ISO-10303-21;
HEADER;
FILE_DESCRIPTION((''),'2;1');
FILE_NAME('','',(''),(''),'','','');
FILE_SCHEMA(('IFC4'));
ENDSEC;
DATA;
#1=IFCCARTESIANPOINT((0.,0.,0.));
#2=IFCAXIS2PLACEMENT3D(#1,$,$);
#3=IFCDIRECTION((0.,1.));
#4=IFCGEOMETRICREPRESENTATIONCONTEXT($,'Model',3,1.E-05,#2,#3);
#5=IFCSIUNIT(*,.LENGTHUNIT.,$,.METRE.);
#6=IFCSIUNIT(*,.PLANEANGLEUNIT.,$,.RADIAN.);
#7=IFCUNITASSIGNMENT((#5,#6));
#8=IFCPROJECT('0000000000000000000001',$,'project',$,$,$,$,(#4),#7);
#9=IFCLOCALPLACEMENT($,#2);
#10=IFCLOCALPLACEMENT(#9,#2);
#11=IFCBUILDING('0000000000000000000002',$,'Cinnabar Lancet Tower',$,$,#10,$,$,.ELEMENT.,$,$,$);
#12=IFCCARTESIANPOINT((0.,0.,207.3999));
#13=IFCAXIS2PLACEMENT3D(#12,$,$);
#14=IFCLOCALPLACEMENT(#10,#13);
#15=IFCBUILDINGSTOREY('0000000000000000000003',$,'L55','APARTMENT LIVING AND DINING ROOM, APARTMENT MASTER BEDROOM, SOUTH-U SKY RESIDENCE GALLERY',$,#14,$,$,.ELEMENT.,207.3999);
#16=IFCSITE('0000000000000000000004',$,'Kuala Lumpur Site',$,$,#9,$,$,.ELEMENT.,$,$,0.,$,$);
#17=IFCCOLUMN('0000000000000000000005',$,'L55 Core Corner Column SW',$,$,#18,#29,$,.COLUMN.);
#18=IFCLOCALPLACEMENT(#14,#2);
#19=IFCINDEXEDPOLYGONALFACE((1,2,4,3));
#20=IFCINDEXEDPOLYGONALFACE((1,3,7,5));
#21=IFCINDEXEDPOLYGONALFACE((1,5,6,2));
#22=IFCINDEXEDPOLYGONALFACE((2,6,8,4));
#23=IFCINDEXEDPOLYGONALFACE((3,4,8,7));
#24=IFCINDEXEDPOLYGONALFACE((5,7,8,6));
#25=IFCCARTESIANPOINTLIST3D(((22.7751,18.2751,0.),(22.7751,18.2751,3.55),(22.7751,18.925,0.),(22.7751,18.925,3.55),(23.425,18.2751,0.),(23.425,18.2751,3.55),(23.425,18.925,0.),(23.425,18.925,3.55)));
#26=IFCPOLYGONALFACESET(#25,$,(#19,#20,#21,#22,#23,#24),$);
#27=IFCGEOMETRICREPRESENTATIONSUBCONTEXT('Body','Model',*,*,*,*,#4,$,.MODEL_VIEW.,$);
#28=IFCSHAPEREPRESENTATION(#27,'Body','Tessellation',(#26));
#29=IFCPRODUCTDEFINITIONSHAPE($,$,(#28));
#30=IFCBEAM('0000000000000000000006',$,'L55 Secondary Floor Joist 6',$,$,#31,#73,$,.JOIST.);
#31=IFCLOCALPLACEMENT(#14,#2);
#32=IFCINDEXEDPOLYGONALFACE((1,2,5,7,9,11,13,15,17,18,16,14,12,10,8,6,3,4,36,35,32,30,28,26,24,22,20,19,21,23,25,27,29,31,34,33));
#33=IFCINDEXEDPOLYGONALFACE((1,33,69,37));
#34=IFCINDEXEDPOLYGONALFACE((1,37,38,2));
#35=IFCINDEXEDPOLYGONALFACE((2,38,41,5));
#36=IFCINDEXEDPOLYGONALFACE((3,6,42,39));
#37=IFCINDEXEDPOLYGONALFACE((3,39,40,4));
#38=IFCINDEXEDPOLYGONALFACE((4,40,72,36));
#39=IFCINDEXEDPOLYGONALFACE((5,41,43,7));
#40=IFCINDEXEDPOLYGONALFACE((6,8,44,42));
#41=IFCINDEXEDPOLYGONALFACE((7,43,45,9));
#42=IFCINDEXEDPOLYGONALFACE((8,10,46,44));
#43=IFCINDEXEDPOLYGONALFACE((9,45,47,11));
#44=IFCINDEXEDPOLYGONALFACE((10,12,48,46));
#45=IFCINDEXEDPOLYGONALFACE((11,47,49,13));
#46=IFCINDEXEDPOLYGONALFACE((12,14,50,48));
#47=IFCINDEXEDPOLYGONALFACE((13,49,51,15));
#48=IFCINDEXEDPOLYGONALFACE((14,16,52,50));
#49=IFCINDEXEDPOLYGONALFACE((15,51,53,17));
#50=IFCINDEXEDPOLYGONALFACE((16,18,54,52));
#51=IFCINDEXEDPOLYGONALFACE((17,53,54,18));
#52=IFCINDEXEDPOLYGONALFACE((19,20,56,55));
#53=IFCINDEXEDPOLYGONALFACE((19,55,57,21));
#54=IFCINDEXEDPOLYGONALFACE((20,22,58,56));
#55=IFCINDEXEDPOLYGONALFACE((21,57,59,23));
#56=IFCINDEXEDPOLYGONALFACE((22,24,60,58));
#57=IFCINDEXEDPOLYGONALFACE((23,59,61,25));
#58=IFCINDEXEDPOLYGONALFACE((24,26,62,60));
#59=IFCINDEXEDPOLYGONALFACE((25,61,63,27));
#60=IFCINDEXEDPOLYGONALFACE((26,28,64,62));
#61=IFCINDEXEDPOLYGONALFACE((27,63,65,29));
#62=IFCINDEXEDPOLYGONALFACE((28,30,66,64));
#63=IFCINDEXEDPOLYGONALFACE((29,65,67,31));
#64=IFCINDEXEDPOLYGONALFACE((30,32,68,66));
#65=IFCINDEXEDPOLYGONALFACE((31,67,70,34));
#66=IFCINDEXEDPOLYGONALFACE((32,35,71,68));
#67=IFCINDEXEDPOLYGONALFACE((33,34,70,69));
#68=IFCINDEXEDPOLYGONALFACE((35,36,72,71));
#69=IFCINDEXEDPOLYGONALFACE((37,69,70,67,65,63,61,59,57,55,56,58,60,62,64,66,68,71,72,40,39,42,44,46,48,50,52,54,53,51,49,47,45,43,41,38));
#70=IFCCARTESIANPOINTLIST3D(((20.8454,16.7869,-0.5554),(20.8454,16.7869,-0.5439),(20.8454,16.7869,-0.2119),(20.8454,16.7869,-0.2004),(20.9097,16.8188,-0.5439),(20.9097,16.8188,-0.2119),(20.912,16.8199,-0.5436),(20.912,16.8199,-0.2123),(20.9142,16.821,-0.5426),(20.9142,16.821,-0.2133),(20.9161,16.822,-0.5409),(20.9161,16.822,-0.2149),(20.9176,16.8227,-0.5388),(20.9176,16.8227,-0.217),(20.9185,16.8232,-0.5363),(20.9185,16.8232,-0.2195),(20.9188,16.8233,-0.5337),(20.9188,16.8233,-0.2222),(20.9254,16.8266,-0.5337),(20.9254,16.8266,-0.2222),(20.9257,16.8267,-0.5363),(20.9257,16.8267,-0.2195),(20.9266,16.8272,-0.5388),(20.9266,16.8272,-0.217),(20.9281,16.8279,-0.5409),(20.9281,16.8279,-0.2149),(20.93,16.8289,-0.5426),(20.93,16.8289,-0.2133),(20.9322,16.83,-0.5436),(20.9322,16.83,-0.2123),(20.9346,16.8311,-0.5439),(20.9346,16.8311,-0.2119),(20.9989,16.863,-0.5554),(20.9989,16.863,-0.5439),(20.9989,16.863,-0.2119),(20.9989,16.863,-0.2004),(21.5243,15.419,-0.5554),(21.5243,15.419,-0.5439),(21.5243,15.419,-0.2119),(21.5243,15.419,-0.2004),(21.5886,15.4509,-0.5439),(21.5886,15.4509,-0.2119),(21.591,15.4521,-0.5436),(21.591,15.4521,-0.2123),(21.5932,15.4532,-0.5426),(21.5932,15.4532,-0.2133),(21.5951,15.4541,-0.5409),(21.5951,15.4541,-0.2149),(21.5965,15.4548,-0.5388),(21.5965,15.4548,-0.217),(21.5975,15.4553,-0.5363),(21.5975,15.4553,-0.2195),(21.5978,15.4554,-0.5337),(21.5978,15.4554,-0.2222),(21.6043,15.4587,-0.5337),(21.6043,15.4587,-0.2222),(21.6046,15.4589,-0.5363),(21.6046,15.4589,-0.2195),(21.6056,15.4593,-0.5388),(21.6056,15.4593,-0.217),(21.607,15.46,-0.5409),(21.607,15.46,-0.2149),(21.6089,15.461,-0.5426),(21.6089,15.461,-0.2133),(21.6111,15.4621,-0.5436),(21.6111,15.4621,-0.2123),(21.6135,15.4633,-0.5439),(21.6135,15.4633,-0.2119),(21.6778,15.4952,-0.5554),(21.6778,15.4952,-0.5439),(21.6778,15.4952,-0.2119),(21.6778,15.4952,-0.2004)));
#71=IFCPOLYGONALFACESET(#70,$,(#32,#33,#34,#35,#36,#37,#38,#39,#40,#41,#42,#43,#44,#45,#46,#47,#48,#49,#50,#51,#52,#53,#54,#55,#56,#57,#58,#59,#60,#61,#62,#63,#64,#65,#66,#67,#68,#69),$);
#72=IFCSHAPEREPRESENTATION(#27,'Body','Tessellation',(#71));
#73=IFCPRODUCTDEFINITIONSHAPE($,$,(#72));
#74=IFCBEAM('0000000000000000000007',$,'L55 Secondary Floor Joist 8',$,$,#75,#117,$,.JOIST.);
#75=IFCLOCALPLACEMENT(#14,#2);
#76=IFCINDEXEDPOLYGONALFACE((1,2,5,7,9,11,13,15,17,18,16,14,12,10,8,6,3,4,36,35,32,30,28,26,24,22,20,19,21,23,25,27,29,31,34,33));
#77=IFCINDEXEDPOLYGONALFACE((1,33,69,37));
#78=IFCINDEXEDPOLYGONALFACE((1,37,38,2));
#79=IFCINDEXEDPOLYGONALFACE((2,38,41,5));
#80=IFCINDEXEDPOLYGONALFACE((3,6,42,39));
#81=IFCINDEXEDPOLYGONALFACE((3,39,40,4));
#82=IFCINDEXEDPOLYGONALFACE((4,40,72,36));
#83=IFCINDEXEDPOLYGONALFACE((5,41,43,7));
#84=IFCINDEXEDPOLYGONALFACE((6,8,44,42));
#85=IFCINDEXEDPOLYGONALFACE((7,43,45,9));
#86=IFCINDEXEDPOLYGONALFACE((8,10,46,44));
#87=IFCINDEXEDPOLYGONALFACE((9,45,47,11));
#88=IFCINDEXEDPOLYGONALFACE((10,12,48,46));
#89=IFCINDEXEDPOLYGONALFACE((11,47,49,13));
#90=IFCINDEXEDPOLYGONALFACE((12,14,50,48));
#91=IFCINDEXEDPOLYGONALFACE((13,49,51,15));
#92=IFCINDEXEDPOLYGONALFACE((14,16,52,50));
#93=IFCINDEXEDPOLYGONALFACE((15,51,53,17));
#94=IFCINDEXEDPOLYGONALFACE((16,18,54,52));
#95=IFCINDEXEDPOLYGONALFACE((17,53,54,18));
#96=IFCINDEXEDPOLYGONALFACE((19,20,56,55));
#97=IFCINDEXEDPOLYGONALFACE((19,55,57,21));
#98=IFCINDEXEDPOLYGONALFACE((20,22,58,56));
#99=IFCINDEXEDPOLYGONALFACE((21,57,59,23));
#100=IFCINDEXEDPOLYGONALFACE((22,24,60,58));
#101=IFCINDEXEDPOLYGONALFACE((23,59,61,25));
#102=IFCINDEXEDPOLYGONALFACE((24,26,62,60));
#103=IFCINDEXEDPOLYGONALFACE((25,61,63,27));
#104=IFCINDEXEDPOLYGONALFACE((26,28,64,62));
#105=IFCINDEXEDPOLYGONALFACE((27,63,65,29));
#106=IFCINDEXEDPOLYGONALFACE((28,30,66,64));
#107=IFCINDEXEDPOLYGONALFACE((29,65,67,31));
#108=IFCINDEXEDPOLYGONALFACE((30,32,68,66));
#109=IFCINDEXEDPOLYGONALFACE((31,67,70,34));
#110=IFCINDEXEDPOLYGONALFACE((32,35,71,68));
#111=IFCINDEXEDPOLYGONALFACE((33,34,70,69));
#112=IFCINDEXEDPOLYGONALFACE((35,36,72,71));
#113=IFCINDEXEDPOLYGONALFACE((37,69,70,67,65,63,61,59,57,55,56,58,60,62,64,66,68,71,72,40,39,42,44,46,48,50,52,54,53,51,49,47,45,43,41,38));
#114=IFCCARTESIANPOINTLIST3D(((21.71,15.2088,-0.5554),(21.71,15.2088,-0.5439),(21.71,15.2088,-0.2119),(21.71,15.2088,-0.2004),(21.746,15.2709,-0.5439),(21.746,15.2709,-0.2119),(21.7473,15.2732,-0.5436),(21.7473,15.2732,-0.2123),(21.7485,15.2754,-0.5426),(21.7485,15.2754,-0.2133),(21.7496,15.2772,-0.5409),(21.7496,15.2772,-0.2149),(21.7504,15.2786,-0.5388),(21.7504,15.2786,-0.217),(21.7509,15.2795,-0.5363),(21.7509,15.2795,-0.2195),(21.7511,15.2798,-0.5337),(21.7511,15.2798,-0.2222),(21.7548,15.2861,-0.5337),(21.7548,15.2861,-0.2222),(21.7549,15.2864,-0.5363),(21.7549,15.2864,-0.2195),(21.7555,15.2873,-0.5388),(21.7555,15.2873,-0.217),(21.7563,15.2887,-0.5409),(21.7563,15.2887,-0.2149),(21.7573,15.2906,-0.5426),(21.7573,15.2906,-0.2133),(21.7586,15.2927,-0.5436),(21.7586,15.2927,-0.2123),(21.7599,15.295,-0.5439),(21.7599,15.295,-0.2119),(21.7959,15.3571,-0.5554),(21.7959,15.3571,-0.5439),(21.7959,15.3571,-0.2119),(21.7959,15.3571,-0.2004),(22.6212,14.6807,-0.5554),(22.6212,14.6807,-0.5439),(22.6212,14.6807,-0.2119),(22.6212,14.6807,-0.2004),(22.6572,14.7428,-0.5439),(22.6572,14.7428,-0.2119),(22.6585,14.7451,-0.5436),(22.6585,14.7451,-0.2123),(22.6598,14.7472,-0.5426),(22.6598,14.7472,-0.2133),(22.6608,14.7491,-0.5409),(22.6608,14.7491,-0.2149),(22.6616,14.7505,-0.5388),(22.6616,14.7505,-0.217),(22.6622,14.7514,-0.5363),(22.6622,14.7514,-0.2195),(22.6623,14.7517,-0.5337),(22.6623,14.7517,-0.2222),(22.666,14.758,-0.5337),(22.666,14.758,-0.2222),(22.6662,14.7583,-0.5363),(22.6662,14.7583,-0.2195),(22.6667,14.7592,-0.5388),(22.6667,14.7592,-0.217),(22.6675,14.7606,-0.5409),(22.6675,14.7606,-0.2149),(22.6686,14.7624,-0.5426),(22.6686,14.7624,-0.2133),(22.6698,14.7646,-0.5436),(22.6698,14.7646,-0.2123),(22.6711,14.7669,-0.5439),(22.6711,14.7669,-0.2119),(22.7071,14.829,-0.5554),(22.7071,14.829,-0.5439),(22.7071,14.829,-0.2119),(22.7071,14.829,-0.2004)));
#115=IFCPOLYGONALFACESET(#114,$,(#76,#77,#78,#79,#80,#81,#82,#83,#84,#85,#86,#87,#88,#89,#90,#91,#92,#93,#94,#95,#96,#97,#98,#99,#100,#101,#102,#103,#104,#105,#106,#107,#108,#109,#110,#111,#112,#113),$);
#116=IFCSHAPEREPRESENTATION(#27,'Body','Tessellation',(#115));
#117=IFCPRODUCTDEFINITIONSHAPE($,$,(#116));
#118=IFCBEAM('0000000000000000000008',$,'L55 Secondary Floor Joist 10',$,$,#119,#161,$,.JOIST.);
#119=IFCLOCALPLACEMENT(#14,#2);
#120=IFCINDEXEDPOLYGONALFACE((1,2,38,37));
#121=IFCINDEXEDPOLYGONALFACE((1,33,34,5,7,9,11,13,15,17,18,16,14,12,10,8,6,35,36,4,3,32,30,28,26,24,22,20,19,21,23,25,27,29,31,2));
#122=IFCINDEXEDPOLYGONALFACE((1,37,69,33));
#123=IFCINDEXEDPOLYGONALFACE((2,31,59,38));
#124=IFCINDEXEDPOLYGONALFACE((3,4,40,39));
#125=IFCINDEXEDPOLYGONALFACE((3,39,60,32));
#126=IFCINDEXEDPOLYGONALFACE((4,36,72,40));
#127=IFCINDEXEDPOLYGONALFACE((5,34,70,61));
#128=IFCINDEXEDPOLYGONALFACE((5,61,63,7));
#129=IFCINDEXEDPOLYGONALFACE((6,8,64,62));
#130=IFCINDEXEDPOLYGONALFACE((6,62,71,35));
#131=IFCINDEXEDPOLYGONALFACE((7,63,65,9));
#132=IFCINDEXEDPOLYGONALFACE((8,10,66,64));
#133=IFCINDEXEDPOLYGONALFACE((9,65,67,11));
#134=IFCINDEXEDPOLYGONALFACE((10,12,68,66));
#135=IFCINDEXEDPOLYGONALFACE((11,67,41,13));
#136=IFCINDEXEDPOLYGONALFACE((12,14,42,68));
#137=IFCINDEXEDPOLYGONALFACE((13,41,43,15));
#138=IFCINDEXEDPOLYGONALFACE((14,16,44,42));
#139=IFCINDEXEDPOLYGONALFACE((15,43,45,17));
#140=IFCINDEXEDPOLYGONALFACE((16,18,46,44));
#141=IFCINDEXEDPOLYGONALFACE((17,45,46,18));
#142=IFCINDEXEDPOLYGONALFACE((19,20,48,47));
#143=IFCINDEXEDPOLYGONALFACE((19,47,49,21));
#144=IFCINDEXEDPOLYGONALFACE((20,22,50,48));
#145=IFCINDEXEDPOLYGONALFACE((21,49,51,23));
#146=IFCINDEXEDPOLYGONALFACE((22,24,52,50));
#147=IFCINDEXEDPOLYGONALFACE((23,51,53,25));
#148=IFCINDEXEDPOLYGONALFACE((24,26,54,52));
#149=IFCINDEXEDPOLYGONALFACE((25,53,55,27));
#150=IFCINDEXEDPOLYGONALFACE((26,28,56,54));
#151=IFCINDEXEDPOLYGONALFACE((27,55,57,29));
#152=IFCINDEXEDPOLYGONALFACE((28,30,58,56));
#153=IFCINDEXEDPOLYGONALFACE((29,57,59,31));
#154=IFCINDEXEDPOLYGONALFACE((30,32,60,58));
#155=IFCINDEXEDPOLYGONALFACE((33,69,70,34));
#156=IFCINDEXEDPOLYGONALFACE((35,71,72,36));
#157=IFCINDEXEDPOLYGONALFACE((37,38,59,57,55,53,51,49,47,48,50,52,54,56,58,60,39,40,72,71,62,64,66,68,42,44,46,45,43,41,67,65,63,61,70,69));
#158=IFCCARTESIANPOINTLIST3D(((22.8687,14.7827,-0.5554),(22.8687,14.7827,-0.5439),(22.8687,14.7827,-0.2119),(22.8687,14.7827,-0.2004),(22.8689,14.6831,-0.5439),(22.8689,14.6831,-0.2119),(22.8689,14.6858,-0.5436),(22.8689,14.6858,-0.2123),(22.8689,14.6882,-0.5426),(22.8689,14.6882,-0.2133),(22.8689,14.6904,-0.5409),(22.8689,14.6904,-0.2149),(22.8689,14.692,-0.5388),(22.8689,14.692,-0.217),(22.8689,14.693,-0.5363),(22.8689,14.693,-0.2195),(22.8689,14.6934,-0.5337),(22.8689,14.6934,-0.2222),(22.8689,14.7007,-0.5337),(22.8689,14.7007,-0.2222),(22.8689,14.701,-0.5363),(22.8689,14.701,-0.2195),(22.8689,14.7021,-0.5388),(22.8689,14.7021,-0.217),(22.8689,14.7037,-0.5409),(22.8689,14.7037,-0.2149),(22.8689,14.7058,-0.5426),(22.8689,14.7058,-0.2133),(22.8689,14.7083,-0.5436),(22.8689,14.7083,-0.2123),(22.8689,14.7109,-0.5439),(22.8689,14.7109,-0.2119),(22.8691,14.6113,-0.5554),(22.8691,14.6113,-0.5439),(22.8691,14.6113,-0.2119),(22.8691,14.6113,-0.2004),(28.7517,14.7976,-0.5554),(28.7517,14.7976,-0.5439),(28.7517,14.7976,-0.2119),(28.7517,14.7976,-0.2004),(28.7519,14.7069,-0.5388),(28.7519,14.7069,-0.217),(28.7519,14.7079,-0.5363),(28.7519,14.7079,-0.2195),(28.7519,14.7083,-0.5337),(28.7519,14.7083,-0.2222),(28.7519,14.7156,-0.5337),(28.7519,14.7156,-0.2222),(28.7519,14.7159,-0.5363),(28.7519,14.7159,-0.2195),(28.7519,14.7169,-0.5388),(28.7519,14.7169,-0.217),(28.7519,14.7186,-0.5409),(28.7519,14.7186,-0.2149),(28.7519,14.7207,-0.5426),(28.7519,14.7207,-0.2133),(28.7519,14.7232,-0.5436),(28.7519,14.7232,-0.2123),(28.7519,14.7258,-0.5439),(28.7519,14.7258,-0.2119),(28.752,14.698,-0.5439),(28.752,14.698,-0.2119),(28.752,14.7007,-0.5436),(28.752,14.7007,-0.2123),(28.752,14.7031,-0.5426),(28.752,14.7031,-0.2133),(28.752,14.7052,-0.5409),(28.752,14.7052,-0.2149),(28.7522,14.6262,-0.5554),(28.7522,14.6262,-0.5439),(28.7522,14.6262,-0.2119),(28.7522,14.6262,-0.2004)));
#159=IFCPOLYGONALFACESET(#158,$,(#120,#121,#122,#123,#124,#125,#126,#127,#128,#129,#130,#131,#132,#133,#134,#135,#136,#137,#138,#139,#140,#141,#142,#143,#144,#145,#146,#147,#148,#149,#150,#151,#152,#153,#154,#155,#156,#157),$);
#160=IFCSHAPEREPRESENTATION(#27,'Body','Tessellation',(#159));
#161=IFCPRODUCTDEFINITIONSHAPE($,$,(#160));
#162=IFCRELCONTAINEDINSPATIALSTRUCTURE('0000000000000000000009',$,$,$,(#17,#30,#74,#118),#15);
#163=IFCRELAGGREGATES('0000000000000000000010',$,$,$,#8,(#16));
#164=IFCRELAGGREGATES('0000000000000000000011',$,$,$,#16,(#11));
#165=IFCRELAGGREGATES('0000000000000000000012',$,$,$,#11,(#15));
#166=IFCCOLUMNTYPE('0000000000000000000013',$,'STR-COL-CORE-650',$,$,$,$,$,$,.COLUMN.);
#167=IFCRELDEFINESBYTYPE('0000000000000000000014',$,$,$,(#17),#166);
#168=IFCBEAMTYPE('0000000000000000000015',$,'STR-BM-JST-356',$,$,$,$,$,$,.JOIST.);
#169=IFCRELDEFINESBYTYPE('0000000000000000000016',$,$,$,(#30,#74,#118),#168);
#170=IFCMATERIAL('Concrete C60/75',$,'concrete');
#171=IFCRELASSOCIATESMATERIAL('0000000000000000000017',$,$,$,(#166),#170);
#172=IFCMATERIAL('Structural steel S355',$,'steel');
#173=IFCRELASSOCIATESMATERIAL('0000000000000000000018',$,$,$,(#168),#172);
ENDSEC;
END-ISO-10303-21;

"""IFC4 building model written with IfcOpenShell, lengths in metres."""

from ifc_helpers import new_model, si_unit, direction, frame, origin, origin_2d, place, context, subcontext, project, spatial, rectangle, i_section, extrude, material, material_profile, profile_set, type_object, element, save


model = new_model("IFC4")

# Units and contexts
model_context = context("Model", 3, precision=1e-05, world=origin(), true_north=direction((0.0, 1.0)))
body_context = subcontext(model_context, "Body", "Model", "MODEL_VIEW")
ifc_project = project(units=[si_unit("LENGTHUNIT", "METRE"), si_unit("PLANEANGLEUNIT", "RADIAN")], contexts=[model_context])

# Site, building, storey
site_placement = place(None, origin())
site = spatial("IfcSite", under=ifc_project, at=site_placement, Name="Kuala Lumpur Site", CompositionType="ELEMENT", RefElevation=0.0)
building_placement = place(site_placement, origin())
building = spatial("IfcBuilding", under=site, at=building_placement, Name="Cinnabar Lancet Tower", CompositionType="ELEMENT")
storey_placement = place(building_placement, frame((0.0, 0.0, 207.3999)))
storey = spatial("IfcBuildingStorey", under=building, at=storey_placement, Name="L55", Description="APARTMENT LIVING AND DINING ROOM, APARTMENT MASTER BEDROOM, SOUTH-U SKY RESIDENCE GALLERY", CompositionType="ELEMENT", Elevation=207.3999)

# Column
ifc_material_1 = material(Name="Concrete C60/75", Category="concrete")
ifc_material_profile_1 = material_profile(ifc_material_1, rectangle(XDim=0.6499, YDim=0.6499, at=origin_2d()), Name="RC-COL 650x650")
ifc_profile_set_1 = profile_set([ifc_material_profile_1], Name="Concrete C60/75")
column_type = type_object("IfcColumnType", Name="STR-COL-CORE-650", PredefinedType="COLUMN", material=ifc_profile_set_1)
column_placement = place(storey_placement, frame((23.1001, 18.6001, 0.0), z_axis=(0.0, 0.0, 1.0), x_axis=(1.0, 0.0, 0.0)))
element("IfcColumn", 1, at=column_placement, inside=storey, type_object=column_type, Name="L55 Core Corner Column SW", PredefinedType="COLUMN", context=body_context, shape_type="SweptSolid", body=[
    extrude(rectangle(XDim=0.6499, YDim=0.6499, at=origin_2d()), origin(), (0.0, 0.0, 1.0), 3.55),
])

# Beams
ifc_material_2 = material(Name="Structural steel S355", Category="steel")
ifc_material_profile_2 = material_profile(ifc_material_2, i_section(OverallWidth=0.1714, OverallDepth=0.355, WebThickness=0.0073, FlangeThickness=0.0115, FilletRadius=0.0103, at=origin_2d()), Name="UKB 356x171x51")
ifc_profile_set_2 = profile_set([ifc_material_profile_2], Name="Structural steel S355")
beam_type_1 = type_object("IfcBeamType", Name="STR-BM-JST-356", PredefinedType="JOIST", material=ifc_profile_set_2)
beam_1_placement = place(storey_placement, frame((20.9221, 16.825, -0.3779), z_axis=(0.44459, -0.895734, 0.0), x_axis=(0.895734, 0.44459, 0.0)))
element("IfcBeam", 2, at=beam_1_placement, inside=storey, type_object=beam_type_1, Name="L55 Secondary Floor Joist 6", PredefinedType="JOIST", context=body_context, shape_type="SweptSolid", body=[
    extrude(i_section(OverallWidth=0.1714, OverallDepth=0.355, WebThickness=0.0073, FlangeThickness=0.0115, FilletRadius=0.0103, at=origin_2d()), origin(), (0.0, 0.0, 1.0), 1.5271),
])
beam_2_placement = place(storey_placement, frame((21.7529, 15.283, -0.3779), z_axis=(0.865188, -0.501447, 0.0), x_axis=(0.501447, 0.865188, 0.0)))
element("IfcBeam", 3, at=beam_2_placement, inside=storey, type_object=beam_type_1, Name="L55 Secondary Floor Joist 8", PredefinedType="JOIST", context=body_context, shape_type="SweptSolid", body=[
    extrude(i_section(OverallWidth=0.1714, OverallDepth=0.355, WebThickness=0.0073, FlangeThickness=0.0115, FilletRadius=0.0103, at=origin_2d()), origin(), (0.0, 0.0, 1.0), 1.0532),
])
beam_3_placement = place(storey_placement, frame((22.8689, 14.697, -0.3779), z_axis=(0.999997, 0.002531, 0.0), x_axis=(-0.002531, 0.999997, 0.0)))
element("IfcBeam", 4, at=beam_3_placement, inside=storey, type_object=beam_type_1, Name="L55 Secondary Floor Joist 10", PredefinedType="JOIST", context=body_context, shape_type="SweptSolid", body=[
    extrude(i_section(OverallWidth=0.1714, OverallDepth=0.355, WebThickness=0.0073, FlangeThickness=0.0115, FilletRadius=0.0103, at=origin_2d()), origin(), (0.0, 0.0, 1.0), 5.8831),
])

save(model, "model.ifc")
